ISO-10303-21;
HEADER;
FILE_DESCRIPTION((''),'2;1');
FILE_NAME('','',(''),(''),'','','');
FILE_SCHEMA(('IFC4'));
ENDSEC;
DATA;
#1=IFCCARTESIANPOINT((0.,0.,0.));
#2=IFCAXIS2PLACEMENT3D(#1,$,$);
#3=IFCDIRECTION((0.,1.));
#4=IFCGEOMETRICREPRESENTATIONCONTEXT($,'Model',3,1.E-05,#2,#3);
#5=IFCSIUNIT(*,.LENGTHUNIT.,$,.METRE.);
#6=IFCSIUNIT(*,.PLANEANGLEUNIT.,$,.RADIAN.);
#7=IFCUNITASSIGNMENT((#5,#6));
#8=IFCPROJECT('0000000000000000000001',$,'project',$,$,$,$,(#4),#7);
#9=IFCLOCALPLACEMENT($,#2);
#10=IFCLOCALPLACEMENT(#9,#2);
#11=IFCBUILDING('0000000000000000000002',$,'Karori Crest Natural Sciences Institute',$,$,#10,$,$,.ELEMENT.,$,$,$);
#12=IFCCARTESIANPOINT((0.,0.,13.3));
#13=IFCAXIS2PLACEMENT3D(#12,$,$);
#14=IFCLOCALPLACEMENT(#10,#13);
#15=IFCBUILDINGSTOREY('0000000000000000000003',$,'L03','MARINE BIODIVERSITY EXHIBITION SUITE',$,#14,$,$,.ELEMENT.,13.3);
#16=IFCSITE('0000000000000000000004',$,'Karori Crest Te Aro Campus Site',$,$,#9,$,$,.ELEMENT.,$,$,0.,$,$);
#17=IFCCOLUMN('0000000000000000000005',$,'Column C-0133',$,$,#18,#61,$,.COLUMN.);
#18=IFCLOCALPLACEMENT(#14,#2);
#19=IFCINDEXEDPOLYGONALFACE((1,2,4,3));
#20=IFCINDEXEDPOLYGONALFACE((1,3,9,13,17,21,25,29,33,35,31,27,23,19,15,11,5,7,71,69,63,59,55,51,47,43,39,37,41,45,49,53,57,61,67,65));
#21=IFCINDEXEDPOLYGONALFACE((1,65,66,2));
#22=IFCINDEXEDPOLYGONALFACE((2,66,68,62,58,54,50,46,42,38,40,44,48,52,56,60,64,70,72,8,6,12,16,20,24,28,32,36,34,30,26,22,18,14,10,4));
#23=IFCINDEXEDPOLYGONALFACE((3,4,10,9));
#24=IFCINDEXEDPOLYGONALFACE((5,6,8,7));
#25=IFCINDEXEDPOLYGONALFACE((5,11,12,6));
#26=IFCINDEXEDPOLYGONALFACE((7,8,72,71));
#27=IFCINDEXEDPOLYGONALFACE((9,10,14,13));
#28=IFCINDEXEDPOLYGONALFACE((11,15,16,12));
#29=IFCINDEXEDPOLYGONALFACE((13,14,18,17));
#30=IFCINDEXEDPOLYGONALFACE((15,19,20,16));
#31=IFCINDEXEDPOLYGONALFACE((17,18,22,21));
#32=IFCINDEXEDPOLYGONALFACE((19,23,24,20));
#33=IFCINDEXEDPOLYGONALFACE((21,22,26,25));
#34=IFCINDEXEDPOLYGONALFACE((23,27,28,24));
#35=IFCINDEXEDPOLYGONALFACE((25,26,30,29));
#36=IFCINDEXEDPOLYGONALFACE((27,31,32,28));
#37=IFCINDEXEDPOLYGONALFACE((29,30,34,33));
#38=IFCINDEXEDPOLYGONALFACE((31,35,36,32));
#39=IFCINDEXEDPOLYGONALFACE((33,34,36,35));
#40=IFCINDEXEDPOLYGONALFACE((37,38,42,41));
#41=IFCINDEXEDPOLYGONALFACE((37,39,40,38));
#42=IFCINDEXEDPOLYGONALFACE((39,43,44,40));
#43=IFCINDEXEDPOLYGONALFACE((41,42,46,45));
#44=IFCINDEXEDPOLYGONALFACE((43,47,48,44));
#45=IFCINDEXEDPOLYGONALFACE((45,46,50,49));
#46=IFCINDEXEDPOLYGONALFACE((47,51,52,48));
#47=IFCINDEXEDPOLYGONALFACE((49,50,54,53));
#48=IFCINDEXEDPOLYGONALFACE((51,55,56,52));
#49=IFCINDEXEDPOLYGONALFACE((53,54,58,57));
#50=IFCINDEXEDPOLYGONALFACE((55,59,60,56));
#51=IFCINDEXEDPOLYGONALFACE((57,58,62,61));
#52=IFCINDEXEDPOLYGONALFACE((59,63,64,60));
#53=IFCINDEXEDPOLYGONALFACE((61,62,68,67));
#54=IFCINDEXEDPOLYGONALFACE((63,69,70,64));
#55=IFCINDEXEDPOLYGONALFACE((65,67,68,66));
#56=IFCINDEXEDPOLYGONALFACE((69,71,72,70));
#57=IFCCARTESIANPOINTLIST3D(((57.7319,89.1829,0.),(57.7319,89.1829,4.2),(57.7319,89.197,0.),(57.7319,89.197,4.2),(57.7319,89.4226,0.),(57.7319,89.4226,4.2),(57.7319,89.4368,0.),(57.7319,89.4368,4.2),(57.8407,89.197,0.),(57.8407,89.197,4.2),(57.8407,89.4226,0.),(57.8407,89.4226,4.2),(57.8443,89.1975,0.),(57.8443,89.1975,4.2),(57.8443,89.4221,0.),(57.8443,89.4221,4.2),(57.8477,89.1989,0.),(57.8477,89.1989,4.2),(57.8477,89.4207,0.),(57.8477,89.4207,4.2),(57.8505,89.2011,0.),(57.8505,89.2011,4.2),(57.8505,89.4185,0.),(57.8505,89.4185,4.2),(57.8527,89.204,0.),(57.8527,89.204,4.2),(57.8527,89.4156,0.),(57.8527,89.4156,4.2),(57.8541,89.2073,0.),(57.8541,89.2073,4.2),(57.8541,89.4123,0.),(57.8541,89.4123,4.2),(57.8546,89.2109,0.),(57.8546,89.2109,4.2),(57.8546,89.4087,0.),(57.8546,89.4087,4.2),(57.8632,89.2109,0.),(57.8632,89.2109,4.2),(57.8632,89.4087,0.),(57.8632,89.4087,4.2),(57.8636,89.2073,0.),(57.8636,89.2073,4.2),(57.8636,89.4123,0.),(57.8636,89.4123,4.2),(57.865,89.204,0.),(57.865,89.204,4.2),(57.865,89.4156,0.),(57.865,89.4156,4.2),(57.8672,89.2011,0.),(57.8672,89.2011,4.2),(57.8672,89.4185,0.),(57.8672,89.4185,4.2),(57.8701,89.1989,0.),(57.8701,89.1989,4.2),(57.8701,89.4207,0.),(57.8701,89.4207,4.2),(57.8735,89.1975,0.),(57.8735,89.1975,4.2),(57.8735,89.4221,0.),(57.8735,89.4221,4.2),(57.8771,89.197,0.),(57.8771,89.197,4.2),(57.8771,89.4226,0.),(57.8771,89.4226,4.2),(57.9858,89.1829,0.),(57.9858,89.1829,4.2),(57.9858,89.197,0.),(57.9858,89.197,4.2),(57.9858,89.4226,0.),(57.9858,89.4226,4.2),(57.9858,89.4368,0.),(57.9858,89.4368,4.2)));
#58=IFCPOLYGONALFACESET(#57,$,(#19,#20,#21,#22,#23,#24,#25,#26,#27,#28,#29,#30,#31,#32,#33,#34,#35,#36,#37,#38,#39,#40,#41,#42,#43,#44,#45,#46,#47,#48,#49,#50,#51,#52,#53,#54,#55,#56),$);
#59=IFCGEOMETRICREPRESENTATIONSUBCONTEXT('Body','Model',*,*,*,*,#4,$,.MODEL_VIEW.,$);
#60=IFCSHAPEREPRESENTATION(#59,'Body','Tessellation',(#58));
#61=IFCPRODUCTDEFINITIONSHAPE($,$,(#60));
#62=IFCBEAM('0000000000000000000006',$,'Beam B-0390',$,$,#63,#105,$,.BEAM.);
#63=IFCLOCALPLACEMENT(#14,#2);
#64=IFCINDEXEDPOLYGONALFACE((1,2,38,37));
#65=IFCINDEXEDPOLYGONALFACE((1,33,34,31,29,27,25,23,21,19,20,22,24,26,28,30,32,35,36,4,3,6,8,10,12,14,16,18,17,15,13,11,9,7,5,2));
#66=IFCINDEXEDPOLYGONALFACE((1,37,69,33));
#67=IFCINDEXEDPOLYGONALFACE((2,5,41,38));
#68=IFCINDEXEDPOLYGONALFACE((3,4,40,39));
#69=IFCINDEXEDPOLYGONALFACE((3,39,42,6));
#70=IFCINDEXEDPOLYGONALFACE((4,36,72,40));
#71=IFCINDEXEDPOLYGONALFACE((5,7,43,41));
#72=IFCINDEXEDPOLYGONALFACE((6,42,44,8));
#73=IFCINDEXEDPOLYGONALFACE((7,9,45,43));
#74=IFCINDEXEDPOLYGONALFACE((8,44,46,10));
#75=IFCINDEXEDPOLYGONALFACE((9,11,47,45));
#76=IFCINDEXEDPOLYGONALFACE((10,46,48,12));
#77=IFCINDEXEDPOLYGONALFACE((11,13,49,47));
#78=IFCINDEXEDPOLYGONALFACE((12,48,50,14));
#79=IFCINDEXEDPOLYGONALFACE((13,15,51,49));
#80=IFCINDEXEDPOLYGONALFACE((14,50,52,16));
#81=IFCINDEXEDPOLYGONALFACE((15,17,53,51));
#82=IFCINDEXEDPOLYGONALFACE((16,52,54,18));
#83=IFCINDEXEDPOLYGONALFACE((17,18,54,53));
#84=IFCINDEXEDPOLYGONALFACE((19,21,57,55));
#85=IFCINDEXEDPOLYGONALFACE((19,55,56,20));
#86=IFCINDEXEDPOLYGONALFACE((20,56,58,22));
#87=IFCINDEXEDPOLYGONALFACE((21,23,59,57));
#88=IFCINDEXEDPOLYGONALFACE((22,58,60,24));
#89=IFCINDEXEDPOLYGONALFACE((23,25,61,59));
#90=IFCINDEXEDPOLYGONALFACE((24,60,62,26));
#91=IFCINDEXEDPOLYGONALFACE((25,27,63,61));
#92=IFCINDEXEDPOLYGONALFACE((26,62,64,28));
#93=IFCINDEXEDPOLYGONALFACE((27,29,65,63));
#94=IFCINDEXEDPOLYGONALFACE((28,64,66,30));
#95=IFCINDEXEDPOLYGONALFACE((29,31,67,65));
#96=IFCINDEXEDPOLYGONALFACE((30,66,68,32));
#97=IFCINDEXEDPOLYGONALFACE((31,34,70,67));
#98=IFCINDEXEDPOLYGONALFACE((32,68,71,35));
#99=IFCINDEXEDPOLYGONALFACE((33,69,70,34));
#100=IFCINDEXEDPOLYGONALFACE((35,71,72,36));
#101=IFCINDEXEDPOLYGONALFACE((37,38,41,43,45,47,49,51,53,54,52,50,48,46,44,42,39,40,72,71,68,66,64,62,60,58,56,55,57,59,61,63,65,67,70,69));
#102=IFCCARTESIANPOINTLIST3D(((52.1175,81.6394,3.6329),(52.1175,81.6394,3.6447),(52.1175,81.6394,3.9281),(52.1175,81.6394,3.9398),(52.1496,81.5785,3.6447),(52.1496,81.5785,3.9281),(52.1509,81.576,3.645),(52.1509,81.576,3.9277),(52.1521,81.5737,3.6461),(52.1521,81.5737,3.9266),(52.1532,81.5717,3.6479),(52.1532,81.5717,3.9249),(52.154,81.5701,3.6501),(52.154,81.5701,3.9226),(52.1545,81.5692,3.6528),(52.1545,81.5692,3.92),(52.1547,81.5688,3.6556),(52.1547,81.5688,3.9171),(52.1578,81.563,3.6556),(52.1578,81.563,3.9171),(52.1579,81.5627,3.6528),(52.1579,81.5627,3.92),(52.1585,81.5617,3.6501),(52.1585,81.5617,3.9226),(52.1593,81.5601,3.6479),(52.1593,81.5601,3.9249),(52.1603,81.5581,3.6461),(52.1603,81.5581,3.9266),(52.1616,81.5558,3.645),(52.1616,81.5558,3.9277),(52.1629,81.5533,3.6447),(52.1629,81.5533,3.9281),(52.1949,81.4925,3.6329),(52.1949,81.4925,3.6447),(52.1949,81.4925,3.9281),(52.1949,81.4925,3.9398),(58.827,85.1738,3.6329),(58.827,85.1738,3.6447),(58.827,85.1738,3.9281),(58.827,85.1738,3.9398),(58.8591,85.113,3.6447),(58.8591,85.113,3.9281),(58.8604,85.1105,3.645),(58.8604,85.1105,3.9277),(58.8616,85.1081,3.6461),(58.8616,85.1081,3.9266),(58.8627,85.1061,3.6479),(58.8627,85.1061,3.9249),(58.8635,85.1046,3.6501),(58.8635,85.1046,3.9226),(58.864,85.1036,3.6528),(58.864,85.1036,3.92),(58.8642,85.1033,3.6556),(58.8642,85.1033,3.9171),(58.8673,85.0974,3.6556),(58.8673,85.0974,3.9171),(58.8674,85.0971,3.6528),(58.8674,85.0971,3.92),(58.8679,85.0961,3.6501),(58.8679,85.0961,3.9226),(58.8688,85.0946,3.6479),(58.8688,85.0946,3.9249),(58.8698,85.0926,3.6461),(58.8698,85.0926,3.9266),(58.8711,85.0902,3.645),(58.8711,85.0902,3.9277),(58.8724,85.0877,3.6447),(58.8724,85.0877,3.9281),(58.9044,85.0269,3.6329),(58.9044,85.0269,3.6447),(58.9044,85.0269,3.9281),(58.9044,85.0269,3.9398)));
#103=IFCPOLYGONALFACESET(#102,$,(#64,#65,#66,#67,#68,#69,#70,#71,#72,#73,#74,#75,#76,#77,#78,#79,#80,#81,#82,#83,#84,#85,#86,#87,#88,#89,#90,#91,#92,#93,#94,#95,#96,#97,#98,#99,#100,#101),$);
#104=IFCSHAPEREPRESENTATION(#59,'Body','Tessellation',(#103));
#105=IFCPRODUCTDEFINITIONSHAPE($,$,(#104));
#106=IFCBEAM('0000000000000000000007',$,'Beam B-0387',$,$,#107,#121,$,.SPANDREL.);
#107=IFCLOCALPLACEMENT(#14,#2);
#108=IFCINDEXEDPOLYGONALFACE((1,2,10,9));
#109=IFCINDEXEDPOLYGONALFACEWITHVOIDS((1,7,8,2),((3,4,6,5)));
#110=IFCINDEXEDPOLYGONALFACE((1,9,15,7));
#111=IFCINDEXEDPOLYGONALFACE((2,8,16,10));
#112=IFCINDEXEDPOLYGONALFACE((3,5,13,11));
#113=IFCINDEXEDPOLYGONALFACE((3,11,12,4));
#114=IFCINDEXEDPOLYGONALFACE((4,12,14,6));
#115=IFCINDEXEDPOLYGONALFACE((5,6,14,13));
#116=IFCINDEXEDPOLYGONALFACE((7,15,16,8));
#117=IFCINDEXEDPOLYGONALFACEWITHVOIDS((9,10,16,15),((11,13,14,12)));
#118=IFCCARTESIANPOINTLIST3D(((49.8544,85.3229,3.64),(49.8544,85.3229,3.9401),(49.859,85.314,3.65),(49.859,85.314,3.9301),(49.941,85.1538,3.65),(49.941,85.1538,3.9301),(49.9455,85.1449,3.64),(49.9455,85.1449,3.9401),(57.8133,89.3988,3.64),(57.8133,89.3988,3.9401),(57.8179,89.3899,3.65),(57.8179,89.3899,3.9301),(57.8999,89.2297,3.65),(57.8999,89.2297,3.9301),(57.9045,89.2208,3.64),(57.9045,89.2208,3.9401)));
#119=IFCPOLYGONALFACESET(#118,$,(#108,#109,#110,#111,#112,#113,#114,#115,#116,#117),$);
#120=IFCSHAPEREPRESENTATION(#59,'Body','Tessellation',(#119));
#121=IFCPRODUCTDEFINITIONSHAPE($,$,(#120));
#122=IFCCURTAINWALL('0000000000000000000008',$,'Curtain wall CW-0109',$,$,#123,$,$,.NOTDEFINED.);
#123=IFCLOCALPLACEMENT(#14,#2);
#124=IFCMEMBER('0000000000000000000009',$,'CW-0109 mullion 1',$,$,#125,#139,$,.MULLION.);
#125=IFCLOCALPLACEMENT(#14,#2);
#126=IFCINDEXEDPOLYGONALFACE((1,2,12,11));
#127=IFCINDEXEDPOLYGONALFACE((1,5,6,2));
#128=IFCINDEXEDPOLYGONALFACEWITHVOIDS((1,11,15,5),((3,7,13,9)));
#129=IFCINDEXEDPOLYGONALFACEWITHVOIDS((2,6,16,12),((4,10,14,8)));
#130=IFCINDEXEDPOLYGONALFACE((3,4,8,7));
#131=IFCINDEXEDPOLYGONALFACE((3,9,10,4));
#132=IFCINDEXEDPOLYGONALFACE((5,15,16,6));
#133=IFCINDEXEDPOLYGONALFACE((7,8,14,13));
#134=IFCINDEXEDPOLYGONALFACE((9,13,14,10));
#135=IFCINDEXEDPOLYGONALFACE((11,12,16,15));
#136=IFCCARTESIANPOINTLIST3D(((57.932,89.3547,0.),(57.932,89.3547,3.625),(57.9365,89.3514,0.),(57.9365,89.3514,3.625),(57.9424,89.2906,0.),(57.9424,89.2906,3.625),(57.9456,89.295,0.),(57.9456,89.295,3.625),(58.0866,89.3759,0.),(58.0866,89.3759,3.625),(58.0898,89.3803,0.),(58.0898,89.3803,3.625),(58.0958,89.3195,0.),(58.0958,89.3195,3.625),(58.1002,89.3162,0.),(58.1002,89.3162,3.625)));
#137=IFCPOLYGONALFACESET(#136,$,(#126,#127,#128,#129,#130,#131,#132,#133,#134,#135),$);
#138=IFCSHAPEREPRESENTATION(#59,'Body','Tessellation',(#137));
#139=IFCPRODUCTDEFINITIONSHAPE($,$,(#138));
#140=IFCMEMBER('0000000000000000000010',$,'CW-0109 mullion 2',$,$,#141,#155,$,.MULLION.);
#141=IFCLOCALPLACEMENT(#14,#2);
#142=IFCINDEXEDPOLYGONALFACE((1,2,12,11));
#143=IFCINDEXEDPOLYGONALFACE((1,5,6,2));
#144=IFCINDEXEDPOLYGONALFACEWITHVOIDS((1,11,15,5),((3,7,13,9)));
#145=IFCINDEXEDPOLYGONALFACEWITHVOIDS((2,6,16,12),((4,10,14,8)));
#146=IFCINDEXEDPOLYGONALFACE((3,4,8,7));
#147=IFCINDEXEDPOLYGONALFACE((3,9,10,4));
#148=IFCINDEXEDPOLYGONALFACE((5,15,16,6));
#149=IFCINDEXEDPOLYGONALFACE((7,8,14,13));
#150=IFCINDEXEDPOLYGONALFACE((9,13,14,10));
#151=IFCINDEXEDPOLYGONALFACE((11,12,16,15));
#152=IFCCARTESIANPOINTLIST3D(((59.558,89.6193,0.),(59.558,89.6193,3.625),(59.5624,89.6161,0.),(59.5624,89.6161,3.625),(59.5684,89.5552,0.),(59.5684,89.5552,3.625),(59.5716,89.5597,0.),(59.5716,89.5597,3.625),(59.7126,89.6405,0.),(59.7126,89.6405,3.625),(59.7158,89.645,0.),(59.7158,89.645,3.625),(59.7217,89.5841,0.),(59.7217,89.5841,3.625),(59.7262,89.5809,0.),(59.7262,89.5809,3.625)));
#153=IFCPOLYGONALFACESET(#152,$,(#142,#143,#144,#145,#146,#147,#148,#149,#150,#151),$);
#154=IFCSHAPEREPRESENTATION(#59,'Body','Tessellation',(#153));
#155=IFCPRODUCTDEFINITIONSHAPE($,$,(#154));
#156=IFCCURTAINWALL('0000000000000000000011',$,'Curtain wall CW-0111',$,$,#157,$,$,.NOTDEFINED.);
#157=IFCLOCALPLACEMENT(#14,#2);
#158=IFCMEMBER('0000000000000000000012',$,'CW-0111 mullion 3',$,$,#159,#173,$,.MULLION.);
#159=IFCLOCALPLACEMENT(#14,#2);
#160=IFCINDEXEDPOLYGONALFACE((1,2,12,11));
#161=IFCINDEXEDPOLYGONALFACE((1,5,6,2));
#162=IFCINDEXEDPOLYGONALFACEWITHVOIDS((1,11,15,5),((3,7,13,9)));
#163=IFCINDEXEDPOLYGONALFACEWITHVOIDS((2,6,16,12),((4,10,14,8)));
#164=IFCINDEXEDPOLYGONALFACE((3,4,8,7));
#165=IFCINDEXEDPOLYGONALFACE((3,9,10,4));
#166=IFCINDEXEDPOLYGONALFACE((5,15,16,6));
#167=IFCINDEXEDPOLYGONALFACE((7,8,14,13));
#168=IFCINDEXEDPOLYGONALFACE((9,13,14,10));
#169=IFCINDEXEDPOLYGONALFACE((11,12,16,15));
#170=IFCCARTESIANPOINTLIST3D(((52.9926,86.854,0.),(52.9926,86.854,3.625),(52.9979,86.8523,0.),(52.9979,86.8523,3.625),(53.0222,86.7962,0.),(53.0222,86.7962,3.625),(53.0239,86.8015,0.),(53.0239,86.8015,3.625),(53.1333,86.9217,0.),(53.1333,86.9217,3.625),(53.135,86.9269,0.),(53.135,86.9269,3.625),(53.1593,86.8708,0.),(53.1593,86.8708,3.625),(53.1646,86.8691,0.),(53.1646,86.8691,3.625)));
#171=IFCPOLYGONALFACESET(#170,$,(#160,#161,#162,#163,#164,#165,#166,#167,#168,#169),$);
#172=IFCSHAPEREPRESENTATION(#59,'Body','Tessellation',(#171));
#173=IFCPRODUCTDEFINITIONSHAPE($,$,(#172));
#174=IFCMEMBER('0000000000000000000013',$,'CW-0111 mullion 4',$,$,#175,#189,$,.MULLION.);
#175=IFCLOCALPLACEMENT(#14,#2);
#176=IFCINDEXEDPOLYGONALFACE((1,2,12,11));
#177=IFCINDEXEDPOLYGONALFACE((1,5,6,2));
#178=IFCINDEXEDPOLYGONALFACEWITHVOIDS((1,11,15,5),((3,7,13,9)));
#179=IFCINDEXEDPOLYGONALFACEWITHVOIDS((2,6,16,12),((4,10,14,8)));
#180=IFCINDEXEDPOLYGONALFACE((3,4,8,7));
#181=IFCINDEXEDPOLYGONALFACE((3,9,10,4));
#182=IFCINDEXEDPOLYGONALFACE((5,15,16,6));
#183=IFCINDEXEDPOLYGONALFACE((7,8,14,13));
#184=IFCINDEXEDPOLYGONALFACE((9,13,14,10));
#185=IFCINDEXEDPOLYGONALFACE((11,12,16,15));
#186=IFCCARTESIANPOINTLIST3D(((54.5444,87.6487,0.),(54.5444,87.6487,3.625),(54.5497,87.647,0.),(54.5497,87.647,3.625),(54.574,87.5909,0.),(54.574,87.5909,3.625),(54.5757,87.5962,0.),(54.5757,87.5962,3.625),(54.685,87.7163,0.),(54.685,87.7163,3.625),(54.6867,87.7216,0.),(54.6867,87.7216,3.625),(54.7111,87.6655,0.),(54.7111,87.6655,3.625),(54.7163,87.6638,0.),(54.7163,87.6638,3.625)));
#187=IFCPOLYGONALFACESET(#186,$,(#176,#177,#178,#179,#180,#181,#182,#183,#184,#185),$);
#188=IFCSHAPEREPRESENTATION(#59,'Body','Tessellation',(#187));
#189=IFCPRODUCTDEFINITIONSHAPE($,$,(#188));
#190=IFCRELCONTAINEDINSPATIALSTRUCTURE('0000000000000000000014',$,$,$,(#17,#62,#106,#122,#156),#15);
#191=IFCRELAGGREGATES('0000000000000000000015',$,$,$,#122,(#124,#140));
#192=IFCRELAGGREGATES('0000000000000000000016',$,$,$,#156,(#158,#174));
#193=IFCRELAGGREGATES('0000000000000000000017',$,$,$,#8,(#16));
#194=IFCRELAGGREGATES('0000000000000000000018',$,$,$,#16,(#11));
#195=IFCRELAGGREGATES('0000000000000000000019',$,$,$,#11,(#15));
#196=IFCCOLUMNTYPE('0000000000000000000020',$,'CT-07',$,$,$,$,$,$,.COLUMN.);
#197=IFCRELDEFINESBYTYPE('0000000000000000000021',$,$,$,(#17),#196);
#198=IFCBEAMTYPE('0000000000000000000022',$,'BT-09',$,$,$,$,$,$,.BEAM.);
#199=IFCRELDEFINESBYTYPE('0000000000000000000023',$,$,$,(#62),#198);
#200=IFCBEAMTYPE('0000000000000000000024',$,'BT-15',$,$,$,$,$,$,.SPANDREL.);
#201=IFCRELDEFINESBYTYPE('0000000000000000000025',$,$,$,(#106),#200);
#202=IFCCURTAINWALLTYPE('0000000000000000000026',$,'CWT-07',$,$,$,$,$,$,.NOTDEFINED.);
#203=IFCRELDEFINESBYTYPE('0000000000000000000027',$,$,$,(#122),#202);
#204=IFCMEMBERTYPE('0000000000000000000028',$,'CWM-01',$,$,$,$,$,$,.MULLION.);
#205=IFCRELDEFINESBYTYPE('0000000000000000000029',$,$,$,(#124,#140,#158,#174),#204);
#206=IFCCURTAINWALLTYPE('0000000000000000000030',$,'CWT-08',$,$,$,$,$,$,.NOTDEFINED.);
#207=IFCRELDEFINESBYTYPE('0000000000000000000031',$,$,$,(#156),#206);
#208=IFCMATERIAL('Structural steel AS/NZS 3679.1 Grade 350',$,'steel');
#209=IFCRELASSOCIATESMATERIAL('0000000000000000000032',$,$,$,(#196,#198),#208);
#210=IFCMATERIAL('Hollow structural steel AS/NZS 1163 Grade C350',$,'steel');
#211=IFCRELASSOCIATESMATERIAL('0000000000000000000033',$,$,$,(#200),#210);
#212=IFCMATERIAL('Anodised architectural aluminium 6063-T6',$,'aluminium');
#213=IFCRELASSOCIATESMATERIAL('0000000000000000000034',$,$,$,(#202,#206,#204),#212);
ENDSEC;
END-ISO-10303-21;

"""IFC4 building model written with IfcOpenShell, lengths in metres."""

from ifc_helpers import new_model, si_unit, direction, frame, origin, origin_2d, place, context, subcontext, project, spatial, hollow_rectangle, i_section, extrude, material, material_profile, profile_set, type_object, element, aggregate, save


model = new_model("IFC4")

# Units and contexts
model_context = context("Model", 3, precision=1e-05, world=origin(), true_north=direction((0.0, 1.0)))
body_context = subcontext(model_context, "Body", "Model", "MODEL_VIEW")
ifc_project = project(units=[si_unit("LENGTHUNIT", "METRE"), si_unit("PLANEANGLEUNIT", "RADIAN")], contexts=[model_context])

# Site, building, storey
site_placement = place(None, origin())
site = spatial("IfcSite", under=ifc_project, at=site_placement, Name="Karori Crest Te Aro Campus Site", CompositionType="ELEMENT", RefElevation=0.0)
building_placement = place(site_placement, origin())
building = spatial("IfcBuilding", under=site, at=building_placement, Name="Karori Crest Natural Sciences Institute", CompositionType="ELEMENT")
storey_placement = place(building_placement, frame((0.0, 0.0, 13.3)))
storey = spatial("IfcBuildingStorey", under=building, at=storey_placement, Name="L03", Description="MARINE BIODIVERSITY EXHIBITION SUITE", CompositionType="ELEMENT", Elevation=13.3)

# Column
ifc_material_1 = material(Name="Structural steel AS/NZS 3679.1 Grade 350", Category="steel")
ifc_material_profile_1 = material_profile(ifc_material_1, i_section(OverallWidth=0.2539, OverallDepth=0.2539, WebThickness=0.0085, FlangeThickness=0.0142, FilletRadius=0.0139, at=origin_2d()), Name="250UC72.9")
ifc_profile_set_1 = profile_set([ifc_material_profile_1], Name="Structural steel AS/NZS 3679.1 Grade 350")
column_type = type_object("IfcColumnType", Name="CT-07", PredefinedType="COLUMN", material=ifc_profile_set_1)
column_placement = place(storey_placement, frame((57.8589, 89.3098, 0.0), z_axis=(0.0, 0.0, 1.0), x_axis=(1.0, 0.0, 0.0)))
element("IfcColumn", 1, at=column_placement, inside=storey, type_object=column_type, Name="Column C-0133", PredefinedType="COLUMN", context=body_context, shape_type="SweptSolid", body=[
    extrude(i_section(OverallWidth=0.2539, OverallDepth=0.2539, WebThickness=0.0085, FlangeThickness=0.0142, FilletRadius=0.0139, at=origin_2d()), origin(), (0.0, 0.0, 1.0), 4.2),
])

# Beams
ifc_material_profile_2 = material_profile(ifc_material_1, i_section(OverallWidth=0.166, OverallDepth=0.3069, WebThickness=0.0066, FlangeThickness=0.0117, FilletRadius=0.011, at=origin_2d()), Name="310UB46.2")
ifc_profile_set_2 = profile_set([ifc_material_profile_2], Name="Structural steel AS/NZS 3679.1 Grade 350")
beam_type_1 = type_object("IfcBeamType", Name="BT-09", PredefinedType="BEAM", material=ifc_profile_set_2)
beam_1_placement = place(storey_placement, frame((58.8657, 85.1003, 3.7864), z_axis=(-0.884748, -0.466069, 0.0), x_axis=(0.466069, -0.884748, 0.0)))
element("IfcBeam", 2, at=beam_1_placement, inside=storey, type_object=beam_type_1, Name="Beam B-0390", PredefinedType="BEAM", context=body_context, shape_type="SweptSolid", body=[
    extrude(i_section(OverallWidth=0.166, OverallDepth=0.3069, WebThickness=0.0066, FlangeThickness=0.0117, FilletRadius=0.011, at=origin_2d()), origin(), (0.0, 0.0, 1.0), 7.5835),
])
ifc_material_2 = material(Name="Hollow structural steel AS/NZS 1163 Grade C350", Category="steel")
ifc_material_profile_3 = material_profile(ifc_material_2, hollow_rectangle(XDim=0.2, YDim=0.3, WallThickness=0.01, at=origin_2d()), Name="RHS300x200x10")
ifc_profile_set_3 = profile_set([ifc_material_profile_3], Name="Hollow structural steel AS/NZS 1163 Grade C350")
beam_type_2 = type_object("IfcBeamType", Name="BT-15", PredefinedType="SPANDREL", material=ifc_profile_set_3)
beam_2_placement = place(storey_placement, frame((57.8589, 89.3098, 3.79), z_axis=(-0.890072, -0.45582, 0.0), x_axis=(0.45582, -0.890072, 0.0)))
element("IfcBeam", 3, at=beam_2_placement, inside=storey, type_object=beam_type_2, Name="Beam B-0387", PredefinedType="SPANDREL", context=body_context, shape_type="SweptSolid", body=[
    extrude(hollow_rectangle(XDim=0.2, YDim=0.3, WallThickness=0.01, at=origin_2d()), origin(), (0.0, 0.0, 1.0), 8.9419),
])

# Curtain walls, members
ifc_material_3 = material(Name="Anodised architectural aluminium 6063-T6", Category="aluminium")
curtain_wall_type_1 = type_object("IfcCurtainWallType", Name="CWT-07", PredefinedType="NOTDEFINED", material=ifc_material_3)
curtain_wall_1_placement = place(storey_placement, origin())
curtain_wall_1 = element("IfcCurtainWall", 4, at=curtain_wall_1_placement, inside=storey, type_object=curtain_wall_type_1, Name="Curtain wall CW-0109", PredefinedType="NOTDEFINED")
ifc_material_profile_4 = material_profile(ifc_material_3, hollow_rectangle(XDim=0.0649, YDim=0.1599, WallThickness=0.0039, at=origin_2d()), Name="CWM160x65x4")
ifc_profile_set_4 = profile_set([ifc_material_profile_4], Name="Anodised architectural aluminium 6063-T6")
member_type_1 = type_object("IfcMemberType", Name="CWM-01", PredefinedType="MULLION", material=ifc_profile_set_4)
member_1_placement = place(storey_placement, frame((58.0161, 89.3354, 0.0), z_axis=(0.0, 0.0, 1.0), x_axis=(-0.16065, 0.987011, 0.0)))
member_1 = element("IfcMember", 5, at=member_1_placement, type_object=member_type_1, Name="CW-0109 mullion 1", PredefinedType="MULLION", context=body_context, shape_type="SweptSolid", body=[
    extrude(hollow_rectangle(XDim=0.0649, YDim=0.1599, WallThickness=0.0039, at=origin_2d()), origin(), (0.0, 0.0, 1.0), 3.625),
])
member_2_placement = place(storey_placement, frame((59.6421, 89.6001, 0.0), z_axis=(0.0, 0.0, 1.0), x_axis=(-0.16065, 0.987011, 0.0)))
member_2 = element("IfcMember", 6, at=member_2_placement, type_object=member_type_1, Name="CW-0109 mullion 2", PredefinedType="MULLION", context=body_context, shape_type="SweptSolid", body=[
    extrude(hollow_rectangle(XDim=0.0649, YDim=0.1599, WallThickness=0.0039, at=origin_2d()), origin(), (0.0, 0.0, 1.0), 3.625),
])
curtain_wall_type_2 = type_object("IfcCurtainWallType", Name="CWT-08", PredefinedType="NOTDEFINED", material=ifc_material_3)
curtain_wall_2_placement = place(storey_placement, origin())
curtain_wall_2 = element("IfcCurtainWall", 7, at=curtain_wall_2_placement, inside=storey, type_object=curtain_wall_type_2, Name="Curtain wall CW-0111", PredefinedType="NOTDEFINED")
member_3_placement = place(storey_placement, frame((53.0786, 86.8616, 0.0), z_axis=(0.0, 0.0, 1.0), x_axis=(-0.455829, 0.890067, 0.0)))
member_3 = element("IfcMember", 8, at=member_3_placement, type_object=member_type_1, Name="CW-0111 mullion 3", PredefinedType="MULLION", context=body_context, shape_type="SweptSolid", body=[
    extrude(hollow_rectangle(XDim=0.0649, YDim=0.1599, WallThickness=0.0039, at=origin_2d()), origin(), (0.0, 0.0, 1.0), 3.625),
])
member_4_placement = place(storey_placement, frame((54.6304, 87.6562, 0.0), z_axis=(0.0, 0.0, 1.0), x_axis=(-0.455829, 0.890067, 0.0)))
member_4 = element("IfcMember", 9, at=member_4_placement, type_object=member_type_1, Name="CW-0111 mullion 4", PredefinedType="MULLION", context=body_context, shape_type="SweptSolid", body=[
    extrude(hollow_rectangle(XDim=0.0649, YDim=0.1599, WallThickness=0.0039, at=origin_2d()), origin(), (0.0, 0.0, 1.0), 3.625),
])

aggregate(curtain_wall_1, [member_1, member_2])
aggregate(curtain_wall_2, [member_3, member_4])

save(model, "model.ifc")
